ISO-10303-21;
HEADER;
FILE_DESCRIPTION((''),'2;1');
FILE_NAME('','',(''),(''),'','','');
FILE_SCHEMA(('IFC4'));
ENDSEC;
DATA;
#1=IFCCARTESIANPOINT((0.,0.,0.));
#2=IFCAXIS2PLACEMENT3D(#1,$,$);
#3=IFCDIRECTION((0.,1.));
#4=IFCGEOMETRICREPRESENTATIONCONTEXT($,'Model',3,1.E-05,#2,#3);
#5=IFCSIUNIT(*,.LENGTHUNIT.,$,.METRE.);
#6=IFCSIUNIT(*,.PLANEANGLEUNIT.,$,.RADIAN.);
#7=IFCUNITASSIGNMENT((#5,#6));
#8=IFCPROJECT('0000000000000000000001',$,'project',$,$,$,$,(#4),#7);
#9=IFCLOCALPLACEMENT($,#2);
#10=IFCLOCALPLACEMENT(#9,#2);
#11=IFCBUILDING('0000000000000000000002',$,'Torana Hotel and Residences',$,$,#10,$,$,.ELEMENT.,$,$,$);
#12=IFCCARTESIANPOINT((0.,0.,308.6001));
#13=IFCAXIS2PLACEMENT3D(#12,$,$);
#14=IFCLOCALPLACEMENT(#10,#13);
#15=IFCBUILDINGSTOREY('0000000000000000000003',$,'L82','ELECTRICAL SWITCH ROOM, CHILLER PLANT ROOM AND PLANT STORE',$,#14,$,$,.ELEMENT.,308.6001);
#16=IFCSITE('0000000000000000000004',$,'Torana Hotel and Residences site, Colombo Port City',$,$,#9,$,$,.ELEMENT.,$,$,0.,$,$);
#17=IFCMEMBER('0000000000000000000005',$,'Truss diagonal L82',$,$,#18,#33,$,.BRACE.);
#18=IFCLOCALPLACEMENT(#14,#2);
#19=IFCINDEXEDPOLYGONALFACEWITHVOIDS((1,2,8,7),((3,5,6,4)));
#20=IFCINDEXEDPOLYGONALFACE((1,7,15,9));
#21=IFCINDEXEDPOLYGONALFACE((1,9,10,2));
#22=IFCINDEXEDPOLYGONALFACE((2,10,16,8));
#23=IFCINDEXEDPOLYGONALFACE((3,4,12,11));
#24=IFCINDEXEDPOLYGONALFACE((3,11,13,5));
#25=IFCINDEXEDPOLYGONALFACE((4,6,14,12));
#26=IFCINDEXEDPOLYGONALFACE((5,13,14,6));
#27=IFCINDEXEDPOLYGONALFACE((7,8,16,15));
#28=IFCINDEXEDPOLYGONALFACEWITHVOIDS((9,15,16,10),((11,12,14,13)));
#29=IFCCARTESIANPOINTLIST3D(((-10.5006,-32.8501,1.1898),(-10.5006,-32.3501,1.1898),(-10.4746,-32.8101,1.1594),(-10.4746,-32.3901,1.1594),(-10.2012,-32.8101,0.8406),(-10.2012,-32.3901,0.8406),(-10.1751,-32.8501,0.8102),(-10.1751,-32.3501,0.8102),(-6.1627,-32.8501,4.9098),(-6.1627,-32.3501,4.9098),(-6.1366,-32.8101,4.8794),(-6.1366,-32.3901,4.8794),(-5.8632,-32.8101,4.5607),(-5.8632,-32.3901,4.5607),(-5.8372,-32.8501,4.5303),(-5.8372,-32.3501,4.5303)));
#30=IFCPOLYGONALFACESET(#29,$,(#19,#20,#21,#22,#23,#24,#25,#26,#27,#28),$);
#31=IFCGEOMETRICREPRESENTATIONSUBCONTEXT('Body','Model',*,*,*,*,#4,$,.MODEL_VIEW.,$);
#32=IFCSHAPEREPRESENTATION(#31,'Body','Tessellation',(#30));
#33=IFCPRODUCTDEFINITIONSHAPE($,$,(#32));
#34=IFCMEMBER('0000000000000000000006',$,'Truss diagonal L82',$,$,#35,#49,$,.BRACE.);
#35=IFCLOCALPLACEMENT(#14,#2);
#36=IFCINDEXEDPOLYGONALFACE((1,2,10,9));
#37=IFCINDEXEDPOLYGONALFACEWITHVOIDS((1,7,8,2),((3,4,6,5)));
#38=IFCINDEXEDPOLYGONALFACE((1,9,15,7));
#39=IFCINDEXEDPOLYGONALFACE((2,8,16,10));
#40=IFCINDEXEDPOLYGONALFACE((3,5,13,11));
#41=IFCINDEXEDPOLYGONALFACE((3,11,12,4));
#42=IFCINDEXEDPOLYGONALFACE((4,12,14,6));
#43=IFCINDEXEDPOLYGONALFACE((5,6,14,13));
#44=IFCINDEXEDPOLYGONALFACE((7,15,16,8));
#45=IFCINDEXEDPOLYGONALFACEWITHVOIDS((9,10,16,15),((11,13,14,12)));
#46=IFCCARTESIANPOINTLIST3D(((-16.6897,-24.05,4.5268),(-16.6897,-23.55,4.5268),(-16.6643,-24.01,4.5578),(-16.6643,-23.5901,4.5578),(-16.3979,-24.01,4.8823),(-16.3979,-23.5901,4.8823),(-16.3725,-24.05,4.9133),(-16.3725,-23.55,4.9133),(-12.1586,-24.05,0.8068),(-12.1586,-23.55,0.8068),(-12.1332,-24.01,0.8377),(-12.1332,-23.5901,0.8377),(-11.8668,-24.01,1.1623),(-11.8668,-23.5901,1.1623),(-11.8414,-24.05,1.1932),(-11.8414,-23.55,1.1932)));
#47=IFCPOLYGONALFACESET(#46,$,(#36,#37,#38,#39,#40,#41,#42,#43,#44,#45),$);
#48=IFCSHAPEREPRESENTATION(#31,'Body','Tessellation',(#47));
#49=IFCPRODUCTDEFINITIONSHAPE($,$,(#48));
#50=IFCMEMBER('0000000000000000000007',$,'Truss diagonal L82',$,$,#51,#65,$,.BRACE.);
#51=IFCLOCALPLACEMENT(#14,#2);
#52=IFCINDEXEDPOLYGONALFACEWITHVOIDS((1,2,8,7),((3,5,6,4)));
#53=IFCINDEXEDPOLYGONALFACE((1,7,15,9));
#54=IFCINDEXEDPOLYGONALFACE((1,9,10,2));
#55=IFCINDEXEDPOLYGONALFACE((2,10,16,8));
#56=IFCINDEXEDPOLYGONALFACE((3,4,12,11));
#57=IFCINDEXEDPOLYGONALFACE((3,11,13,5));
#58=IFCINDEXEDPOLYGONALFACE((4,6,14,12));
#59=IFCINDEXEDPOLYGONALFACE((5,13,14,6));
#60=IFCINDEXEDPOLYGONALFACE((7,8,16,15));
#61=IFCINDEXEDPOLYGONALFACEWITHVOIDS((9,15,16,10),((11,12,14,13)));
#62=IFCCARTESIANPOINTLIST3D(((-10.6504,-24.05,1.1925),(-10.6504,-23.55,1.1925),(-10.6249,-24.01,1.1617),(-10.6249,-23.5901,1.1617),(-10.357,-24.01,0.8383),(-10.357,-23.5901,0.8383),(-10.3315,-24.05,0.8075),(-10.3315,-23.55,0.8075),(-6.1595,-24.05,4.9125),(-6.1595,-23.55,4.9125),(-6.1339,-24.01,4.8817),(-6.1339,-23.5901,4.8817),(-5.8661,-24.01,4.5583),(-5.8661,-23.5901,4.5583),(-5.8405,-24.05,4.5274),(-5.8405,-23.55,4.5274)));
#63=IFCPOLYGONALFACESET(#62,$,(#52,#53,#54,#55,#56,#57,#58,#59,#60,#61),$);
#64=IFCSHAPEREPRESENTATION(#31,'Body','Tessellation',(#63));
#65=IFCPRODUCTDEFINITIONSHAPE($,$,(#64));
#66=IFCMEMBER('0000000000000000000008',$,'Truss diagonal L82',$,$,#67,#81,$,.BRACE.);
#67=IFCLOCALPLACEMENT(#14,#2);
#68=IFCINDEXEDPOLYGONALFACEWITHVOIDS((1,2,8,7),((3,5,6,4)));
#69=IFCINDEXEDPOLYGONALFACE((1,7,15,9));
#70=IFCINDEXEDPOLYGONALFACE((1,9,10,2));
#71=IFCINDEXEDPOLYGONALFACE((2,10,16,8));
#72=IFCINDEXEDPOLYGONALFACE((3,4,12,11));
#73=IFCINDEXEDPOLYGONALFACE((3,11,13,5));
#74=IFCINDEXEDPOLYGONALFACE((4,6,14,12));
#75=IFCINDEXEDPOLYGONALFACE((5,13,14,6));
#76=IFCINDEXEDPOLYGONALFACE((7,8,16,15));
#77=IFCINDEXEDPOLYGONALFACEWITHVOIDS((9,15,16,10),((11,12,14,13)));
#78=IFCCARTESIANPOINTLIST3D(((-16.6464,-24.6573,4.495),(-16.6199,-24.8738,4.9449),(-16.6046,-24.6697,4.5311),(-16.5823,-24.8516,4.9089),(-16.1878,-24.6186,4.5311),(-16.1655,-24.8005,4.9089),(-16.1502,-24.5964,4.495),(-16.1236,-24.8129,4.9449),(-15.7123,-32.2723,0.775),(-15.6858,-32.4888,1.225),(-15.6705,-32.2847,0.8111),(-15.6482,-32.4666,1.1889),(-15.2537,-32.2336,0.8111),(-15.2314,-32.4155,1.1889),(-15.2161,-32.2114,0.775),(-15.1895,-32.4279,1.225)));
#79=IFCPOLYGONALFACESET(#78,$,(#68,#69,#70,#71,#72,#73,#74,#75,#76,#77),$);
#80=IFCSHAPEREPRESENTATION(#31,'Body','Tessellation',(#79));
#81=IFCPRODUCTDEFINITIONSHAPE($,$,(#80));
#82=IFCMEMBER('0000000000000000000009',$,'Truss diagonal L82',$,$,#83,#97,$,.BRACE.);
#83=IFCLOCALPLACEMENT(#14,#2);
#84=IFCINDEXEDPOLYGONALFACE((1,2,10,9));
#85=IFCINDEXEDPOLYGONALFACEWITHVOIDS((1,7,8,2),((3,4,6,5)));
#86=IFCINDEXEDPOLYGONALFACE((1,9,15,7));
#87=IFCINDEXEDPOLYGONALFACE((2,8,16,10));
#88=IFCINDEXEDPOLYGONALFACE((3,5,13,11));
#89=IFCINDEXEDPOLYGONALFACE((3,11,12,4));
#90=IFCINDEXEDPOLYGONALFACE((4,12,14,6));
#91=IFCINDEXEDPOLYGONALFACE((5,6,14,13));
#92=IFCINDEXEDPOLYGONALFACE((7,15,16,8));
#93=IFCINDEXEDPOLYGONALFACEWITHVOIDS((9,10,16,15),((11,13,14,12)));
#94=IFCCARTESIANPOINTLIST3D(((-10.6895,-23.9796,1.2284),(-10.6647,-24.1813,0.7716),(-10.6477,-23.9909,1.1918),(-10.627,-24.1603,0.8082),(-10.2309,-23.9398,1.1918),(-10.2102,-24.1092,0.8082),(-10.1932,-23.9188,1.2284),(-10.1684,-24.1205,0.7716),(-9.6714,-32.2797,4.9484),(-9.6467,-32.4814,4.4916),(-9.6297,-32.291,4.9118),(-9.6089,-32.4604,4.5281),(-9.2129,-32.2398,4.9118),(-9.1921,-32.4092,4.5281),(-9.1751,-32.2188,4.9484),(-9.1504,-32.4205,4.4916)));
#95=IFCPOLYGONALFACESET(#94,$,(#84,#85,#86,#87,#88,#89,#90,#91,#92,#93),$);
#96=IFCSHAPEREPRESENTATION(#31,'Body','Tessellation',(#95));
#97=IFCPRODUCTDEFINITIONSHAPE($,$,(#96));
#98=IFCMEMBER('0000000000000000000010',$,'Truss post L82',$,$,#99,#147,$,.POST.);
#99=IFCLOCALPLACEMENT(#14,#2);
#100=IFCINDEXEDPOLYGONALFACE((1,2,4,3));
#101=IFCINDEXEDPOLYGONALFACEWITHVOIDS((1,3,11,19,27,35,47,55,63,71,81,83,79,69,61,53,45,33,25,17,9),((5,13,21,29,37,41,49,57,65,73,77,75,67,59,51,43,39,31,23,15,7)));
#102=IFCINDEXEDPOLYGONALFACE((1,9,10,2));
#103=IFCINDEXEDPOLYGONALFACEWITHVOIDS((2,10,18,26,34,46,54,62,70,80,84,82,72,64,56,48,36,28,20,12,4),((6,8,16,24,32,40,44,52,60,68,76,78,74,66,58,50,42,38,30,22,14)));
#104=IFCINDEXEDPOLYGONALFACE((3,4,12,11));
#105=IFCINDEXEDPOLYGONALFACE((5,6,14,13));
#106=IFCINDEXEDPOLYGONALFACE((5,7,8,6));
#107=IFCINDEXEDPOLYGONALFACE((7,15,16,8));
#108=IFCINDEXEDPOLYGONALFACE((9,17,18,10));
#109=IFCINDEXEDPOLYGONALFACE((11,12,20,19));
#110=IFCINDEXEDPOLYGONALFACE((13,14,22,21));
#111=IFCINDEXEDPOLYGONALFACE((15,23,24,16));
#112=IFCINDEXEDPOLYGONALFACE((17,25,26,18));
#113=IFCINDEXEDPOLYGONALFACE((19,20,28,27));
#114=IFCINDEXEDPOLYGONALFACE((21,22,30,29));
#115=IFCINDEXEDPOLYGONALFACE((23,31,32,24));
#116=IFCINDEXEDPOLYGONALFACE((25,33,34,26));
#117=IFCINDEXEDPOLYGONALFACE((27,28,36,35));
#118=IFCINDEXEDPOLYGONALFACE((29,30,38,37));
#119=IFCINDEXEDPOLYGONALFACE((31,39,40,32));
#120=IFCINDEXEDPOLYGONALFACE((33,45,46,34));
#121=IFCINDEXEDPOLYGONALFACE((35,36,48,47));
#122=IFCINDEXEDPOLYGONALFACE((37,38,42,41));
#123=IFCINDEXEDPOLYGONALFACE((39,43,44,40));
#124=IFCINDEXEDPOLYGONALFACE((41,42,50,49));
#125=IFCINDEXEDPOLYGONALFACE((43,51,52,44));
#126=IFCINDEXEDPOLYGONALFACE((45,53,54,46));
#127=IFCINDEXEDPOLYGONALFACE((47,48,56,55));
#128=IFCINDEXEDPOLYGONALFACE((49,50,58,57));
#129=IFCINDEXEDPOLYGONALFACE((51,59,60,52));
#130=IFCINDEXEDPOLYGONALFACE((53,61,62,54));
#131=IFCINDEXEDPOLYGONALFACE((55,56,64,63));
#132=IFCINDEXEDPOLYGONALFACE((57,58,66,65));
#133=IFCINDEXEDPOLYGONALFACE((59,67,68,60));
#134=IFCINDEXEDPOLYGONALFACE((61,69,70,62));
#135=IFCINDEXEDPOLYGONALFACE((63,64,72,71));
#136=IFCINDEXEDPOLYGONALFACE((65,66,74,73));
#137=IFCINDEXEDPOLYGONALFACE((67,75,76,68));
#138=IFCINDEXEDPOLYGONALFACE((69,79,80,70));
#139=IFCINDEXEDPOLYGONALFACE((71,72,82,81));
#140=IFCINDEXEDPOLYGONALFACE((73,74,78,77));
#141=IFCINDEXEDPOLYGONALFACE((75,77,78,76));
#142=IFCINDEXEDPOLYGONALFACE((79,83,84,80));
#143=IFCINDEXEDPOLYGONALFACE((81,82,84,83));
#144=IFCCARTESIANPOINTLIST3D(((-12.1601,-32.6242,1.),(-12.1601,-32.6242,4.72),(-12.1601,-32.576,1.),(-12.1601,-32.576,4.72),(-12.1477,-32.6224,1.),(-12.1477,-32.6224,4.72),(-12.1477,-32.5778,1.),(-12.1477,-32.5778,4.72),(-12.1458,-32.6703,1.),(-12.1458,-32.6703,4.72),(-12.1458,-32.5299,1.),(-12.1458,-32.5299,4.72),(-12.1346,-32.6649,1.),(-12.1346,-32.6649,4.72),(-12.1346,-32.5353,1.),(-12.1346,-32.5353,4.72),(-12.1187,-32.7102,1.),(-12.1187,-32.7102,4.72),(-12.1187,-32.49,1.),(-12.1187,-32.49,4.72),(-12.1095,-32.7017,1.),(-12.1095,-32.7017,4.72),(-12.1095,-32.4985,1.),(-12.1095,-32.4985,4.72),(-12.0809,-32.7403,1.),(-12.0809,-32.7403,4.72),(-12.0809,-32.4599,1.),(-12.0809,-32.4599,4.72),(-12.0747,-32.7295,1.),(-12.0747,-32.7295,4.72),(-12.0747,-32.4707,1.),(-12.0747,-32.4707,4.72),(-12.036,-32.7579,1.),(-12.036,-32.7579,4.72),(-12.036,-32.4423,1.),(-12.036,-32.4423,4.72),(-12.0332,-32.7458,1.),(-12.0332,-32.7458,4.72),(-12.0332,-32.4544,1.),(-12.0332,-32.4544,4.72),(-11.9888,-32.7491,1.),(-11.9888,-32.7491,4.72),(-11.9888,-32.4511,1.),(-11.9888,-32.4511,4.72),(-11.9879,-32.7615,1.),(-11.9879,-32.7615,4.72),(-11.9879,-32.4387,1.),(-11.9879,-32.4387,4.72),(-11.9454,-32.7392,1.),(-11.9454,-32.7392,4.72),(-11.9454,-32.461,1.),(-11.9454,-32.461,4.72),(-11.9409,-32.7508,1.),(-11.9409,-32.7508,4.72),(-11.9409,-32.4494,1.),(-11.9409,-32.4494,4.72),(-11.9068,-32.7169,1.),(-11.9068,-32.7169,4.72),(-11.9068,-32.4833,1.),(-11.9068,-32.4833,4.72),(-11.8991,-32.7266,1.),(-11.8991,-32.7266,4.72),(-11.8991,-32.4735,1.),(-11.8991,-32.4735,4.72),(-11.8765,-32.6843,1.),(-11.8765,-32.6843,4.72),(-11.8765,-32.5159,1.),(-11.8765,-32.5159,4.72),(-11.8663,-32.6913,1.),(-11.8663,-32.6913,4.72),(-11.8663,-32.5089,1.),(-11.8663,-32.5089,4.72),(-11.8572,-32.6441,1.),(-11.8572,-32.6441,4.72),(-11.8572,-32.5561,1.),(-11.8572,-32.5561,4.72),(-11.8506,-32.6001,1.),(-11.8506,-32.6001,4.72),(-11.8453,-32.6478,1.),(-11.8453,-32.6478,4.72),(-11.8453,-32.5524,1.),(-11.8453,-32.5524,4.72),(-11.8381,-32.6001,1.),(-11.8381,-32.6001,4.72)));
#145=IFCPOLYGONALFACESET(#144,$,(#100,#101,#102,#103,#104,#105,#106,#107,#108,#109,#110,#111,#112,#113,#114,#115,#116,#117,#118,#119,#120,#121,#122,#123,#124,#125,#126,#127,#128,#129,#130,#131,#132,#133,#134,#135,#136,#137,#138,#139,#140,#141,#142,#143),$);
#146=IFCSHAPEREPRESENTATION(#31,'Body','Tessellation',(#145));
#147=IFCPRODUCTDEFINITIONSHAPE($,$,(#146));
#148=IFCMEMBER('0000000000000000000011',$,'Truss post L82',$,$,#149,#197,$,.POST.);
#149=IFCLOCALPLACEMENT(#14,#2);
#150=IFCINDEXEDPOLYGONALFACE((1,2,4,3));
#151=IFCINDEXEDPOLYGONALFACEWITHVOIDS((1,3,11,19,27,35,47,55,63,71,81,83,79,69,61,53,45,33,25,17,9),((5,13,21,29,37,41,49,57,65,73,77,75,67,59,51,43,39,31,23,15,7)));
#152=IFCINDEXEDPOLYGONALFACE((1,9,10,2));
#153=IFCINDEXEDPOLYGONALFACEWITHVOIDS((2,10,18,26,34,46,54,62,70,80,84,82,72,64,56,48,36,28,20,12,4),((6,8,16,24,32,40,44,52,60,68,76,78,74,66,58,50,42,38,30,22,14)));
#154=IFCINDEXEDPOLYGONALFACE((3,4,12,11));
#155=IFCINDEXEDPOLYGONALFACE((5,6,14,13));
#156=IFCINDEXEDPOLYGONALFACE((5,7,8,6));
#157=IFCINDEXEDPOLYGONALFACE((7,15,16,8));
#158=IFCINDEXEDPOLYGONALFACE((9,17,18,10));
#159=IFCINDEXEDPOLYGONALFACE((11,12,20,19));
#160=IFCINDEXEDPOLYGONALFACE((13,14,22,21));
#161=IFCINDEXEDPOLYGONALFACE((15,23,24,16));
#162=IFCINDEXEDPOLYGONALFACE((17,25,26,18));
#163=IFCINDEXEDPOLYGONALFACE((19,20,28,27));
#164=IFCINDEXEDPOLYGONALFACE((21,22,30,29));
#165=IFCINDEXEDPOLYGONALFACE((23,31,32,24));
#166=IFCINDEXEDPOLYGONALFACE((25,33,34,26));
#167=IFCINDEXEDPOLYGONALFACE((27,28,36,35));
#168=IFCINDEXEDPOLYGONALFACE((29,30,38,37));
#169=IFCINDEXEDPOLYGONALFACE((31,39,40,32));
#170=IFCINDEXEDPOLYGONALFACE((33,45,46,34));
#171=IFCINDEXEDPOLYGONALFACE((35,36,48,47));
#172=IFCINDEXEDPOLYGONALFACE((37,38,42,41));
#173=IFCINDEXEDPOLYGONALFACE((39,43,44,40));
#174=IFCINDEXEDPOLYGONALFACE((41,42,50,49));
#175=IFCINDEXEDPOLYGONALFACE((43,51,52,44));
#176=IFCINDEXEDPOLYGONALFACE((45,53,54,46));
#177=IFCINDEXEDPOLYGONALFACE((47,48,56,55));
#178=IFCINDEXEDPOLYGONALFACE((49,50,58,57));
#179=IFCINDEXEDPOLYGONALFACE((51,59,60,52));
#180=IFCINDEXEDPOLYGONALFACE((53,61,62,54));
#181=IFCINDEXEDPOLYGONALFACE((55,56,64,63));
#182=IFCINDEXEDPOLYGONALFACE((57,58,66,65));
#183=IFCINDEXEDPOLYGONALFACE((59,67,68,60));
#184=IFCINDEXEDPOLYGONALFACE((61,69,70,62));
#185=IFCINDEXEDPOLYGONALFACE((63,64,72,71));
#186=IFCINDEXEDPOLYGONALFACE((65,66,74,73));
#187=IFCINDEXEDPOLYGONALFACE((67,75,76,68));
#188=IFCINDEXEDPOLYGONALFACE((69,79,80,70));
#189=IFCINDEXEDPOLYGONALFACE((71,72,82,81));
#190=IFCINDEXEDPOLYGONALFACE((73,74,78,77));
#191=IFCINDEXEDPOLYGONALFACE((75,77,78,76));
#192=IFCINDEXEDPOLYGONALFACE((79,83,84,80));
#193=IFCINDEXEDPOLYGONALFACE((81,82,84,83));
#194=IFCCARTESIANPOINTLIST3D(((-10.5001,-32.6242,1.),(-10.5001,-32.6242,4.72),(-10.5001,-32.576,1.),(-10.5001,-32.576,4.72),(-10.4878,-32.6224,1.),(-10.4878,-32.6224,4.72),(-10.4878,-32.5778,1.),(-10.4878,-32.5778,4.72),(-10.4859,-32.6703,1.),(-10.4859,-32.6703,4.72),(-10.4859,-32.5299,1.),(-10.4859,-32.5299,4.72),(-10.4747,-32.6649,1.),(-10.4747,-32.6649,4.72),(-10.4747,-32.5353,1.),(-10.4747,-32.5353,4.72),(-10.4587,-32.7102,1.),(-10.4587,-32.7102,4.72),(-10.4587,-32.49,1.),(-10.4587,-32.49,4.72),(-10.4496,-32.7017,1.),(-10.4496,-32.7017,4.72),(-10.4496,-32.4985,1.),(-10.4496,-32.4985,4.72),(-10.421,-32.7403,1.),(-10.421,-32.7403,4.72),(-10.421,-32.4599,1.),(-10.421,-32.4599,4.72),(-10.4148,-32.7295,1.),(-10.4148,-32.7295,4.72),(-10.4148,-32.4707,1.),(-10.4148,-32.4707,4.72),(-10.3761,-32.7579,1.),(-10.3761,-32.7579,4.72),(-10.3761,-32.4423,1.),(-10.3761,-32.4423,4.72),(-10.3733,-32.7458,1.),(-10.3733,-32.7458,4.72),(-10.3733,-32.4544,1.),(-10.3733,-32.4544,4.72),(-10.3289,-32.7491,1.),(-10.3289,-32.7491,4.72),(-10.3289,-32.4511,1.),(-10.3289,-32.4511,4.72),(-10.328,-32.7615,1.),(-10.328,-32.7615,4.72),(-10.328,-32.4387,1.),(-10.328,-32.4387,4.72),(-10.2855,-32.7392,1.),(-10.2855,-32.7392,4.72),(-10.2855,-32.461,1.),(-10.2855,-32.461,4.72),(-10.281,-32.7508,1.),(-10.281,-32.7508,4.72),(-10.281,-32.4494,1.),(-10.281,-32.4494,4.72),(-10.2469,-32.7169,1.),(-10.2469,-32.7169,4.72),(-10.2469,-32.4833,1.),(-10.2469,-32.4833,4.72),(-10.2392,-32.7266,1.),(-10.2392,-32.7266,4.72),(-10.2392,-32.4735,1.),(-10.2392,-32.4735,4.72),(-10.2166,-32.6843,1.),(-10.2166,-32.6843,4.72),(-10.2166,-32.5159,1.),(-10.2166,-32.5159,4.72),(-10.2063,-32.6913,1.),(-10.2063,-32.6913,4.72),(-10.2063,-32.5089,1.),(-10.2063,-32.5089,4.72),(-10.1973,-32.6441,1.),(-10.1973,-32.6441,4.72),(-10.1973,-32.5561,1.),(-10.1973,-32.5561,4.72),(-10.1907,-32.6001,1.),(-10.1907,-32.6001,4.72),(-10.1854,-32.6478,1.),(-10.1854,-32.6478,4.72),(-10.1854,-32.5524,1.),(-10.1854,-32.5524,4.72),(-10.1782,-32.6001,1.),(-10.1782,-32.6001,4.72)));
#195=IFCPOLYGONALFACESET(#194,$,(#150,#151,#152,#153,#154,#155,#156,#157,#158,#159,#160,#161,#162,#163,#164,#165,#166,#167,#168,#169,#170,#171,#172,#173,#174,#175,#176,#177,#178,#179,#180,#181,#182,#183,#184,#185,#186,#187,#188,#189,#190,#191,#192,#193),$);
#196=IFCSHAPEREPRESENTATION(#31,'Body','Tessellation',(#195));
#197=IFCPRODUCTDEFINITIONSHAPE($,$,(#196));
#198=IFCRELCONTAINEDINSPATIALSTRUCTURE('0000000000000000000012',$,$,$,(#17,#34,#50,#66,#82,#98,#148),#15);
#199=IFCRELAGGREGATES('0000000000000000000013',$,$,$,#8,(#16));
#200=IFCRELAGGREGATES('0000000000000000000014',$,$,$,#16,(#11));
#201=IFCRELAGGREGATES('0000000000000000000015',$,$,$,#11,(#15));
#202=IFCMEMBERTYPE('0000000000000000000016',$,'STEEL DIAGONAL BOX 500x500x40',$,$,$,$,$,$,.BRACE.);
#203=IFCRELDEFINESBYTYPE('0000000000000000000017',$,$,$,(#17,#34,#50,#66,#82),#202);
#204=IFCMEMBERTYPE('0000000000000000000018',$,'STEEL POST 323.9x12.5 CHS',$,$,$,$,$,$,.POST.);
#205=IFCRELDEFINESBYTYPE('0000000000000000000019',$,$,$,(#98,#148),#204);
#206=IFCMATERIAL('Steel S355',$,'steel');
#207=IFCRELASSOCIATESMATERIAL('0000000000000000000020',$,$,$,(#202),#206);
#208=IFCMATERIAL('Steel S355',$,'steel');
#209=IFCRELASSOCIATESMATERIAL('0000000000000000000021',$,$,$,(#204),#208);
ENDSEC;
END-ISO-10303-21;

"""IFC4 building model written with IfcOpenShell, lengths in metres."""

from ifc_helpers import new_model, si_unit, direction, frame, origin, origin_2d, place, context, subcontext, project, spatial, hollow_rectangle, hollow_circle, extrude, material, material_profile, profile_set, type_object, element, save


model = new_model("IFC4")

# Units and contexts
model_context = context("Model", 3, precision=1e-05, world=origin(), true_north=direction((0.0, 1.0)))
body_context = subcontext(model_context, "Body", "Model", "MODEL_VIEW")
ifc_project = project(units=[si_unit("LENGTHUNIT", "METRE"), si_unit("PLANEANGLEUNIT", "RADIAN")], contexts=[model_context])

# Site, building, storey
site_placement = place(None, origin())
site = spatial("IfcSite", under=ifc_project, at=site_placement, Name="Torana Hotel and Residences site, Colombo Port City", CompositionType="ELEMENT", RefElevation=0.0)
building_placement = place(site_placement, origin())
building = spatial("IfcBuilding", under=site, at=building_placement, Name="Torana Hotel and Residences", CompositionType="ELEMENT")
storey_placement = place(building_placement, frame((0.0, 0.0, 308.6001)))
storey = spatial("IfcBuildingStorey", under=building, at=storey_placement, Name="L82", Description="ELECTRICAL SWITCH ROOM, CHILLER PLANT ROOM AND PLANT STORE", CompositionType="ELEMENT", Elevation=308.6001)

# Members
ifc_material_1 = material(Name="Steel S355", Category="steel")
ifc_material_profile_1 = material_profile(ifc_material_1, hollow_rectangle(XDim=0.5, YDim=0.5, WallThickness=0.04, at=origin_2d()), Name="BOX 500x500x40")
ifc_profile_set_1 = profile_set([ifc_material_profile_1], Name="Steel S355")
member_type_1 = type_object("IfcMemberType", Name="STEEL DIAGONAL BOX 500x500x40", PredefinedType="BRACE", material=ifc_profile_set_1)
member_1_placement = place(storey_placement, frame((-10.3379, -32.6001, 1.0), z_axis=(0.759103, 0.0, 0.650971), x_axis=(0.0, 1.0, 0.0)))
element("IfcMember", 1, at=member_1_placement, inside=storey, type_object=member_type_1, Name="Truss diagonal L82", PredefinedType="BRACE", context=body_context, shape_type="SweptSolid", body=[
    extrude(hollow_rectangle(XDim=0.5, YDim=0.5, WallThickness=0.04, at=origin_2d()), origin(), (0.0, 0.0, 1.0), 5.7146),
])
member_2_placement = place(storey_placement, frame((-12.0, -23.8, 1.0), z_axis=(-0.772887, 0.0, 0.634543), x_axis=(0.0, -1.0, 0.0)))
element("IfcMember", 2, at=member_2_placement, inside=storey, type_object=member_type_1, Name="Truss diagonal L82", PredefinedType="BRACE", context=body_context, shape_type="SweptSolid", body=[
    extrude(hollow_rectangle(XDim=0.5, YDim=0.5, WallThickness=0.04, at=origin_2d()), origin(), (0.0, 0.0, 1.0), 5.8625),
])
member_3_placement = place(storey_placement, frame((-10.491, -23.8, 1.0), z_axis=(0.770116, 0.0, 0.637904), x_axis=(0.0, 1.0, 0.0)))
element("IfcMember", 3, at=member_3_placement, inside=storey, type_object=member_type_1, Name="Truss diagonal L82", PredefinedType="BRACE", context=body_context, shape_type="SweptSolid", body=[
    extrude(hollow_rectangle(XDim=0.5, YDim=0.5, WallThickness=0.04, at=origin_2d()), origin(), (0.0, 0.0, 1.0), 5.8315),
])
member_4_placement = place(storey_placement, frame((-15.4509, -32.3501, 1.0), z_axis=(-0.109552, 0.893112, 0.436291), x_axis=(-0.992561, -0.121751, 0.0)))
element("IfcMember", 4, at=member_4_placement, inside=storey, type_object=member_type_1, Name="Truss diagonal L82", PredefinedType="BRACE", context=body_context, shape_type="SweptSolid", body=[
    extrude(hollow_rectangle(XDim=0.5, YDim=0.5, WallThickness=0.04, at=origin_2d()), origin(), (0.0, 0.0, 1.0), 8.5264),
])
member_5_placement = place(storey_placement, frame((-10.429, -24.05, 1.0), z_axis=(0.111236, -0.906877, 0.40645), x_axis=(0.992561, 0.121745, 0.0)))
element("IfcMember", 5, at=member_5_placement, inside=storey, type_object=member_type_1, Name="Truss diagonal L82", PredefinedType="BRACE", context=body_context, shape_type="SweptSolid", body=[
    extrude(hollow_rectangle(XDim=0.5, YDim=0.5, WallThickness=0.04, at=origin_2d()), origin(), (0.0, 0.0, 1.0), 9.1523),
])
ifc_material_2 = material(Name="Steel S355", Category="steel")
ifc_material_profile_2 = material_profile(ifc_material_2, hollow_circle(Radius=0.1619, WallThickness=0.0125, at=origin_2d()), Name="323.9x12.5 CHS")
ifc_profile_set_2 = profile_set([ifc_material_profile_2], Name="Steel S355")
member_type_2 = type_object("IfcMemberType", Name="STEEL POST 323.9x12.5 CHS", PredefinedType="POST", material=ifc_profile_set_2)
for number, where, z_axis, x_axis, name in (
    (6, (-12.0, -32.6001, 1.0), (0.0, 0.0, 1.0), (1.0, 0.0, 0.0), "Truss post L82"),
    (7, (-10.3401, -32.6001, 1.0), (0.0, 0.0, 1.0), (1.0, 0.0, 0.0), "Truss post L82"),
):
    element("IfcMember", number, at=place(storey_placement, frame(where, z_axis=z_axis, x_axis=x_axis)), inside=storey, type_object=member_type_2, Name=name, PredefinedType="POST", context=body_context, shape_type="SweptSolid", body=[
        extrude(hollow_circle(Radius=0.1619, WallThickness=0.0125, at=origin_2d()), origin(), (0.0, 0.0, 1.0), 3.72),
    ])

save(model, "model.ifc")
